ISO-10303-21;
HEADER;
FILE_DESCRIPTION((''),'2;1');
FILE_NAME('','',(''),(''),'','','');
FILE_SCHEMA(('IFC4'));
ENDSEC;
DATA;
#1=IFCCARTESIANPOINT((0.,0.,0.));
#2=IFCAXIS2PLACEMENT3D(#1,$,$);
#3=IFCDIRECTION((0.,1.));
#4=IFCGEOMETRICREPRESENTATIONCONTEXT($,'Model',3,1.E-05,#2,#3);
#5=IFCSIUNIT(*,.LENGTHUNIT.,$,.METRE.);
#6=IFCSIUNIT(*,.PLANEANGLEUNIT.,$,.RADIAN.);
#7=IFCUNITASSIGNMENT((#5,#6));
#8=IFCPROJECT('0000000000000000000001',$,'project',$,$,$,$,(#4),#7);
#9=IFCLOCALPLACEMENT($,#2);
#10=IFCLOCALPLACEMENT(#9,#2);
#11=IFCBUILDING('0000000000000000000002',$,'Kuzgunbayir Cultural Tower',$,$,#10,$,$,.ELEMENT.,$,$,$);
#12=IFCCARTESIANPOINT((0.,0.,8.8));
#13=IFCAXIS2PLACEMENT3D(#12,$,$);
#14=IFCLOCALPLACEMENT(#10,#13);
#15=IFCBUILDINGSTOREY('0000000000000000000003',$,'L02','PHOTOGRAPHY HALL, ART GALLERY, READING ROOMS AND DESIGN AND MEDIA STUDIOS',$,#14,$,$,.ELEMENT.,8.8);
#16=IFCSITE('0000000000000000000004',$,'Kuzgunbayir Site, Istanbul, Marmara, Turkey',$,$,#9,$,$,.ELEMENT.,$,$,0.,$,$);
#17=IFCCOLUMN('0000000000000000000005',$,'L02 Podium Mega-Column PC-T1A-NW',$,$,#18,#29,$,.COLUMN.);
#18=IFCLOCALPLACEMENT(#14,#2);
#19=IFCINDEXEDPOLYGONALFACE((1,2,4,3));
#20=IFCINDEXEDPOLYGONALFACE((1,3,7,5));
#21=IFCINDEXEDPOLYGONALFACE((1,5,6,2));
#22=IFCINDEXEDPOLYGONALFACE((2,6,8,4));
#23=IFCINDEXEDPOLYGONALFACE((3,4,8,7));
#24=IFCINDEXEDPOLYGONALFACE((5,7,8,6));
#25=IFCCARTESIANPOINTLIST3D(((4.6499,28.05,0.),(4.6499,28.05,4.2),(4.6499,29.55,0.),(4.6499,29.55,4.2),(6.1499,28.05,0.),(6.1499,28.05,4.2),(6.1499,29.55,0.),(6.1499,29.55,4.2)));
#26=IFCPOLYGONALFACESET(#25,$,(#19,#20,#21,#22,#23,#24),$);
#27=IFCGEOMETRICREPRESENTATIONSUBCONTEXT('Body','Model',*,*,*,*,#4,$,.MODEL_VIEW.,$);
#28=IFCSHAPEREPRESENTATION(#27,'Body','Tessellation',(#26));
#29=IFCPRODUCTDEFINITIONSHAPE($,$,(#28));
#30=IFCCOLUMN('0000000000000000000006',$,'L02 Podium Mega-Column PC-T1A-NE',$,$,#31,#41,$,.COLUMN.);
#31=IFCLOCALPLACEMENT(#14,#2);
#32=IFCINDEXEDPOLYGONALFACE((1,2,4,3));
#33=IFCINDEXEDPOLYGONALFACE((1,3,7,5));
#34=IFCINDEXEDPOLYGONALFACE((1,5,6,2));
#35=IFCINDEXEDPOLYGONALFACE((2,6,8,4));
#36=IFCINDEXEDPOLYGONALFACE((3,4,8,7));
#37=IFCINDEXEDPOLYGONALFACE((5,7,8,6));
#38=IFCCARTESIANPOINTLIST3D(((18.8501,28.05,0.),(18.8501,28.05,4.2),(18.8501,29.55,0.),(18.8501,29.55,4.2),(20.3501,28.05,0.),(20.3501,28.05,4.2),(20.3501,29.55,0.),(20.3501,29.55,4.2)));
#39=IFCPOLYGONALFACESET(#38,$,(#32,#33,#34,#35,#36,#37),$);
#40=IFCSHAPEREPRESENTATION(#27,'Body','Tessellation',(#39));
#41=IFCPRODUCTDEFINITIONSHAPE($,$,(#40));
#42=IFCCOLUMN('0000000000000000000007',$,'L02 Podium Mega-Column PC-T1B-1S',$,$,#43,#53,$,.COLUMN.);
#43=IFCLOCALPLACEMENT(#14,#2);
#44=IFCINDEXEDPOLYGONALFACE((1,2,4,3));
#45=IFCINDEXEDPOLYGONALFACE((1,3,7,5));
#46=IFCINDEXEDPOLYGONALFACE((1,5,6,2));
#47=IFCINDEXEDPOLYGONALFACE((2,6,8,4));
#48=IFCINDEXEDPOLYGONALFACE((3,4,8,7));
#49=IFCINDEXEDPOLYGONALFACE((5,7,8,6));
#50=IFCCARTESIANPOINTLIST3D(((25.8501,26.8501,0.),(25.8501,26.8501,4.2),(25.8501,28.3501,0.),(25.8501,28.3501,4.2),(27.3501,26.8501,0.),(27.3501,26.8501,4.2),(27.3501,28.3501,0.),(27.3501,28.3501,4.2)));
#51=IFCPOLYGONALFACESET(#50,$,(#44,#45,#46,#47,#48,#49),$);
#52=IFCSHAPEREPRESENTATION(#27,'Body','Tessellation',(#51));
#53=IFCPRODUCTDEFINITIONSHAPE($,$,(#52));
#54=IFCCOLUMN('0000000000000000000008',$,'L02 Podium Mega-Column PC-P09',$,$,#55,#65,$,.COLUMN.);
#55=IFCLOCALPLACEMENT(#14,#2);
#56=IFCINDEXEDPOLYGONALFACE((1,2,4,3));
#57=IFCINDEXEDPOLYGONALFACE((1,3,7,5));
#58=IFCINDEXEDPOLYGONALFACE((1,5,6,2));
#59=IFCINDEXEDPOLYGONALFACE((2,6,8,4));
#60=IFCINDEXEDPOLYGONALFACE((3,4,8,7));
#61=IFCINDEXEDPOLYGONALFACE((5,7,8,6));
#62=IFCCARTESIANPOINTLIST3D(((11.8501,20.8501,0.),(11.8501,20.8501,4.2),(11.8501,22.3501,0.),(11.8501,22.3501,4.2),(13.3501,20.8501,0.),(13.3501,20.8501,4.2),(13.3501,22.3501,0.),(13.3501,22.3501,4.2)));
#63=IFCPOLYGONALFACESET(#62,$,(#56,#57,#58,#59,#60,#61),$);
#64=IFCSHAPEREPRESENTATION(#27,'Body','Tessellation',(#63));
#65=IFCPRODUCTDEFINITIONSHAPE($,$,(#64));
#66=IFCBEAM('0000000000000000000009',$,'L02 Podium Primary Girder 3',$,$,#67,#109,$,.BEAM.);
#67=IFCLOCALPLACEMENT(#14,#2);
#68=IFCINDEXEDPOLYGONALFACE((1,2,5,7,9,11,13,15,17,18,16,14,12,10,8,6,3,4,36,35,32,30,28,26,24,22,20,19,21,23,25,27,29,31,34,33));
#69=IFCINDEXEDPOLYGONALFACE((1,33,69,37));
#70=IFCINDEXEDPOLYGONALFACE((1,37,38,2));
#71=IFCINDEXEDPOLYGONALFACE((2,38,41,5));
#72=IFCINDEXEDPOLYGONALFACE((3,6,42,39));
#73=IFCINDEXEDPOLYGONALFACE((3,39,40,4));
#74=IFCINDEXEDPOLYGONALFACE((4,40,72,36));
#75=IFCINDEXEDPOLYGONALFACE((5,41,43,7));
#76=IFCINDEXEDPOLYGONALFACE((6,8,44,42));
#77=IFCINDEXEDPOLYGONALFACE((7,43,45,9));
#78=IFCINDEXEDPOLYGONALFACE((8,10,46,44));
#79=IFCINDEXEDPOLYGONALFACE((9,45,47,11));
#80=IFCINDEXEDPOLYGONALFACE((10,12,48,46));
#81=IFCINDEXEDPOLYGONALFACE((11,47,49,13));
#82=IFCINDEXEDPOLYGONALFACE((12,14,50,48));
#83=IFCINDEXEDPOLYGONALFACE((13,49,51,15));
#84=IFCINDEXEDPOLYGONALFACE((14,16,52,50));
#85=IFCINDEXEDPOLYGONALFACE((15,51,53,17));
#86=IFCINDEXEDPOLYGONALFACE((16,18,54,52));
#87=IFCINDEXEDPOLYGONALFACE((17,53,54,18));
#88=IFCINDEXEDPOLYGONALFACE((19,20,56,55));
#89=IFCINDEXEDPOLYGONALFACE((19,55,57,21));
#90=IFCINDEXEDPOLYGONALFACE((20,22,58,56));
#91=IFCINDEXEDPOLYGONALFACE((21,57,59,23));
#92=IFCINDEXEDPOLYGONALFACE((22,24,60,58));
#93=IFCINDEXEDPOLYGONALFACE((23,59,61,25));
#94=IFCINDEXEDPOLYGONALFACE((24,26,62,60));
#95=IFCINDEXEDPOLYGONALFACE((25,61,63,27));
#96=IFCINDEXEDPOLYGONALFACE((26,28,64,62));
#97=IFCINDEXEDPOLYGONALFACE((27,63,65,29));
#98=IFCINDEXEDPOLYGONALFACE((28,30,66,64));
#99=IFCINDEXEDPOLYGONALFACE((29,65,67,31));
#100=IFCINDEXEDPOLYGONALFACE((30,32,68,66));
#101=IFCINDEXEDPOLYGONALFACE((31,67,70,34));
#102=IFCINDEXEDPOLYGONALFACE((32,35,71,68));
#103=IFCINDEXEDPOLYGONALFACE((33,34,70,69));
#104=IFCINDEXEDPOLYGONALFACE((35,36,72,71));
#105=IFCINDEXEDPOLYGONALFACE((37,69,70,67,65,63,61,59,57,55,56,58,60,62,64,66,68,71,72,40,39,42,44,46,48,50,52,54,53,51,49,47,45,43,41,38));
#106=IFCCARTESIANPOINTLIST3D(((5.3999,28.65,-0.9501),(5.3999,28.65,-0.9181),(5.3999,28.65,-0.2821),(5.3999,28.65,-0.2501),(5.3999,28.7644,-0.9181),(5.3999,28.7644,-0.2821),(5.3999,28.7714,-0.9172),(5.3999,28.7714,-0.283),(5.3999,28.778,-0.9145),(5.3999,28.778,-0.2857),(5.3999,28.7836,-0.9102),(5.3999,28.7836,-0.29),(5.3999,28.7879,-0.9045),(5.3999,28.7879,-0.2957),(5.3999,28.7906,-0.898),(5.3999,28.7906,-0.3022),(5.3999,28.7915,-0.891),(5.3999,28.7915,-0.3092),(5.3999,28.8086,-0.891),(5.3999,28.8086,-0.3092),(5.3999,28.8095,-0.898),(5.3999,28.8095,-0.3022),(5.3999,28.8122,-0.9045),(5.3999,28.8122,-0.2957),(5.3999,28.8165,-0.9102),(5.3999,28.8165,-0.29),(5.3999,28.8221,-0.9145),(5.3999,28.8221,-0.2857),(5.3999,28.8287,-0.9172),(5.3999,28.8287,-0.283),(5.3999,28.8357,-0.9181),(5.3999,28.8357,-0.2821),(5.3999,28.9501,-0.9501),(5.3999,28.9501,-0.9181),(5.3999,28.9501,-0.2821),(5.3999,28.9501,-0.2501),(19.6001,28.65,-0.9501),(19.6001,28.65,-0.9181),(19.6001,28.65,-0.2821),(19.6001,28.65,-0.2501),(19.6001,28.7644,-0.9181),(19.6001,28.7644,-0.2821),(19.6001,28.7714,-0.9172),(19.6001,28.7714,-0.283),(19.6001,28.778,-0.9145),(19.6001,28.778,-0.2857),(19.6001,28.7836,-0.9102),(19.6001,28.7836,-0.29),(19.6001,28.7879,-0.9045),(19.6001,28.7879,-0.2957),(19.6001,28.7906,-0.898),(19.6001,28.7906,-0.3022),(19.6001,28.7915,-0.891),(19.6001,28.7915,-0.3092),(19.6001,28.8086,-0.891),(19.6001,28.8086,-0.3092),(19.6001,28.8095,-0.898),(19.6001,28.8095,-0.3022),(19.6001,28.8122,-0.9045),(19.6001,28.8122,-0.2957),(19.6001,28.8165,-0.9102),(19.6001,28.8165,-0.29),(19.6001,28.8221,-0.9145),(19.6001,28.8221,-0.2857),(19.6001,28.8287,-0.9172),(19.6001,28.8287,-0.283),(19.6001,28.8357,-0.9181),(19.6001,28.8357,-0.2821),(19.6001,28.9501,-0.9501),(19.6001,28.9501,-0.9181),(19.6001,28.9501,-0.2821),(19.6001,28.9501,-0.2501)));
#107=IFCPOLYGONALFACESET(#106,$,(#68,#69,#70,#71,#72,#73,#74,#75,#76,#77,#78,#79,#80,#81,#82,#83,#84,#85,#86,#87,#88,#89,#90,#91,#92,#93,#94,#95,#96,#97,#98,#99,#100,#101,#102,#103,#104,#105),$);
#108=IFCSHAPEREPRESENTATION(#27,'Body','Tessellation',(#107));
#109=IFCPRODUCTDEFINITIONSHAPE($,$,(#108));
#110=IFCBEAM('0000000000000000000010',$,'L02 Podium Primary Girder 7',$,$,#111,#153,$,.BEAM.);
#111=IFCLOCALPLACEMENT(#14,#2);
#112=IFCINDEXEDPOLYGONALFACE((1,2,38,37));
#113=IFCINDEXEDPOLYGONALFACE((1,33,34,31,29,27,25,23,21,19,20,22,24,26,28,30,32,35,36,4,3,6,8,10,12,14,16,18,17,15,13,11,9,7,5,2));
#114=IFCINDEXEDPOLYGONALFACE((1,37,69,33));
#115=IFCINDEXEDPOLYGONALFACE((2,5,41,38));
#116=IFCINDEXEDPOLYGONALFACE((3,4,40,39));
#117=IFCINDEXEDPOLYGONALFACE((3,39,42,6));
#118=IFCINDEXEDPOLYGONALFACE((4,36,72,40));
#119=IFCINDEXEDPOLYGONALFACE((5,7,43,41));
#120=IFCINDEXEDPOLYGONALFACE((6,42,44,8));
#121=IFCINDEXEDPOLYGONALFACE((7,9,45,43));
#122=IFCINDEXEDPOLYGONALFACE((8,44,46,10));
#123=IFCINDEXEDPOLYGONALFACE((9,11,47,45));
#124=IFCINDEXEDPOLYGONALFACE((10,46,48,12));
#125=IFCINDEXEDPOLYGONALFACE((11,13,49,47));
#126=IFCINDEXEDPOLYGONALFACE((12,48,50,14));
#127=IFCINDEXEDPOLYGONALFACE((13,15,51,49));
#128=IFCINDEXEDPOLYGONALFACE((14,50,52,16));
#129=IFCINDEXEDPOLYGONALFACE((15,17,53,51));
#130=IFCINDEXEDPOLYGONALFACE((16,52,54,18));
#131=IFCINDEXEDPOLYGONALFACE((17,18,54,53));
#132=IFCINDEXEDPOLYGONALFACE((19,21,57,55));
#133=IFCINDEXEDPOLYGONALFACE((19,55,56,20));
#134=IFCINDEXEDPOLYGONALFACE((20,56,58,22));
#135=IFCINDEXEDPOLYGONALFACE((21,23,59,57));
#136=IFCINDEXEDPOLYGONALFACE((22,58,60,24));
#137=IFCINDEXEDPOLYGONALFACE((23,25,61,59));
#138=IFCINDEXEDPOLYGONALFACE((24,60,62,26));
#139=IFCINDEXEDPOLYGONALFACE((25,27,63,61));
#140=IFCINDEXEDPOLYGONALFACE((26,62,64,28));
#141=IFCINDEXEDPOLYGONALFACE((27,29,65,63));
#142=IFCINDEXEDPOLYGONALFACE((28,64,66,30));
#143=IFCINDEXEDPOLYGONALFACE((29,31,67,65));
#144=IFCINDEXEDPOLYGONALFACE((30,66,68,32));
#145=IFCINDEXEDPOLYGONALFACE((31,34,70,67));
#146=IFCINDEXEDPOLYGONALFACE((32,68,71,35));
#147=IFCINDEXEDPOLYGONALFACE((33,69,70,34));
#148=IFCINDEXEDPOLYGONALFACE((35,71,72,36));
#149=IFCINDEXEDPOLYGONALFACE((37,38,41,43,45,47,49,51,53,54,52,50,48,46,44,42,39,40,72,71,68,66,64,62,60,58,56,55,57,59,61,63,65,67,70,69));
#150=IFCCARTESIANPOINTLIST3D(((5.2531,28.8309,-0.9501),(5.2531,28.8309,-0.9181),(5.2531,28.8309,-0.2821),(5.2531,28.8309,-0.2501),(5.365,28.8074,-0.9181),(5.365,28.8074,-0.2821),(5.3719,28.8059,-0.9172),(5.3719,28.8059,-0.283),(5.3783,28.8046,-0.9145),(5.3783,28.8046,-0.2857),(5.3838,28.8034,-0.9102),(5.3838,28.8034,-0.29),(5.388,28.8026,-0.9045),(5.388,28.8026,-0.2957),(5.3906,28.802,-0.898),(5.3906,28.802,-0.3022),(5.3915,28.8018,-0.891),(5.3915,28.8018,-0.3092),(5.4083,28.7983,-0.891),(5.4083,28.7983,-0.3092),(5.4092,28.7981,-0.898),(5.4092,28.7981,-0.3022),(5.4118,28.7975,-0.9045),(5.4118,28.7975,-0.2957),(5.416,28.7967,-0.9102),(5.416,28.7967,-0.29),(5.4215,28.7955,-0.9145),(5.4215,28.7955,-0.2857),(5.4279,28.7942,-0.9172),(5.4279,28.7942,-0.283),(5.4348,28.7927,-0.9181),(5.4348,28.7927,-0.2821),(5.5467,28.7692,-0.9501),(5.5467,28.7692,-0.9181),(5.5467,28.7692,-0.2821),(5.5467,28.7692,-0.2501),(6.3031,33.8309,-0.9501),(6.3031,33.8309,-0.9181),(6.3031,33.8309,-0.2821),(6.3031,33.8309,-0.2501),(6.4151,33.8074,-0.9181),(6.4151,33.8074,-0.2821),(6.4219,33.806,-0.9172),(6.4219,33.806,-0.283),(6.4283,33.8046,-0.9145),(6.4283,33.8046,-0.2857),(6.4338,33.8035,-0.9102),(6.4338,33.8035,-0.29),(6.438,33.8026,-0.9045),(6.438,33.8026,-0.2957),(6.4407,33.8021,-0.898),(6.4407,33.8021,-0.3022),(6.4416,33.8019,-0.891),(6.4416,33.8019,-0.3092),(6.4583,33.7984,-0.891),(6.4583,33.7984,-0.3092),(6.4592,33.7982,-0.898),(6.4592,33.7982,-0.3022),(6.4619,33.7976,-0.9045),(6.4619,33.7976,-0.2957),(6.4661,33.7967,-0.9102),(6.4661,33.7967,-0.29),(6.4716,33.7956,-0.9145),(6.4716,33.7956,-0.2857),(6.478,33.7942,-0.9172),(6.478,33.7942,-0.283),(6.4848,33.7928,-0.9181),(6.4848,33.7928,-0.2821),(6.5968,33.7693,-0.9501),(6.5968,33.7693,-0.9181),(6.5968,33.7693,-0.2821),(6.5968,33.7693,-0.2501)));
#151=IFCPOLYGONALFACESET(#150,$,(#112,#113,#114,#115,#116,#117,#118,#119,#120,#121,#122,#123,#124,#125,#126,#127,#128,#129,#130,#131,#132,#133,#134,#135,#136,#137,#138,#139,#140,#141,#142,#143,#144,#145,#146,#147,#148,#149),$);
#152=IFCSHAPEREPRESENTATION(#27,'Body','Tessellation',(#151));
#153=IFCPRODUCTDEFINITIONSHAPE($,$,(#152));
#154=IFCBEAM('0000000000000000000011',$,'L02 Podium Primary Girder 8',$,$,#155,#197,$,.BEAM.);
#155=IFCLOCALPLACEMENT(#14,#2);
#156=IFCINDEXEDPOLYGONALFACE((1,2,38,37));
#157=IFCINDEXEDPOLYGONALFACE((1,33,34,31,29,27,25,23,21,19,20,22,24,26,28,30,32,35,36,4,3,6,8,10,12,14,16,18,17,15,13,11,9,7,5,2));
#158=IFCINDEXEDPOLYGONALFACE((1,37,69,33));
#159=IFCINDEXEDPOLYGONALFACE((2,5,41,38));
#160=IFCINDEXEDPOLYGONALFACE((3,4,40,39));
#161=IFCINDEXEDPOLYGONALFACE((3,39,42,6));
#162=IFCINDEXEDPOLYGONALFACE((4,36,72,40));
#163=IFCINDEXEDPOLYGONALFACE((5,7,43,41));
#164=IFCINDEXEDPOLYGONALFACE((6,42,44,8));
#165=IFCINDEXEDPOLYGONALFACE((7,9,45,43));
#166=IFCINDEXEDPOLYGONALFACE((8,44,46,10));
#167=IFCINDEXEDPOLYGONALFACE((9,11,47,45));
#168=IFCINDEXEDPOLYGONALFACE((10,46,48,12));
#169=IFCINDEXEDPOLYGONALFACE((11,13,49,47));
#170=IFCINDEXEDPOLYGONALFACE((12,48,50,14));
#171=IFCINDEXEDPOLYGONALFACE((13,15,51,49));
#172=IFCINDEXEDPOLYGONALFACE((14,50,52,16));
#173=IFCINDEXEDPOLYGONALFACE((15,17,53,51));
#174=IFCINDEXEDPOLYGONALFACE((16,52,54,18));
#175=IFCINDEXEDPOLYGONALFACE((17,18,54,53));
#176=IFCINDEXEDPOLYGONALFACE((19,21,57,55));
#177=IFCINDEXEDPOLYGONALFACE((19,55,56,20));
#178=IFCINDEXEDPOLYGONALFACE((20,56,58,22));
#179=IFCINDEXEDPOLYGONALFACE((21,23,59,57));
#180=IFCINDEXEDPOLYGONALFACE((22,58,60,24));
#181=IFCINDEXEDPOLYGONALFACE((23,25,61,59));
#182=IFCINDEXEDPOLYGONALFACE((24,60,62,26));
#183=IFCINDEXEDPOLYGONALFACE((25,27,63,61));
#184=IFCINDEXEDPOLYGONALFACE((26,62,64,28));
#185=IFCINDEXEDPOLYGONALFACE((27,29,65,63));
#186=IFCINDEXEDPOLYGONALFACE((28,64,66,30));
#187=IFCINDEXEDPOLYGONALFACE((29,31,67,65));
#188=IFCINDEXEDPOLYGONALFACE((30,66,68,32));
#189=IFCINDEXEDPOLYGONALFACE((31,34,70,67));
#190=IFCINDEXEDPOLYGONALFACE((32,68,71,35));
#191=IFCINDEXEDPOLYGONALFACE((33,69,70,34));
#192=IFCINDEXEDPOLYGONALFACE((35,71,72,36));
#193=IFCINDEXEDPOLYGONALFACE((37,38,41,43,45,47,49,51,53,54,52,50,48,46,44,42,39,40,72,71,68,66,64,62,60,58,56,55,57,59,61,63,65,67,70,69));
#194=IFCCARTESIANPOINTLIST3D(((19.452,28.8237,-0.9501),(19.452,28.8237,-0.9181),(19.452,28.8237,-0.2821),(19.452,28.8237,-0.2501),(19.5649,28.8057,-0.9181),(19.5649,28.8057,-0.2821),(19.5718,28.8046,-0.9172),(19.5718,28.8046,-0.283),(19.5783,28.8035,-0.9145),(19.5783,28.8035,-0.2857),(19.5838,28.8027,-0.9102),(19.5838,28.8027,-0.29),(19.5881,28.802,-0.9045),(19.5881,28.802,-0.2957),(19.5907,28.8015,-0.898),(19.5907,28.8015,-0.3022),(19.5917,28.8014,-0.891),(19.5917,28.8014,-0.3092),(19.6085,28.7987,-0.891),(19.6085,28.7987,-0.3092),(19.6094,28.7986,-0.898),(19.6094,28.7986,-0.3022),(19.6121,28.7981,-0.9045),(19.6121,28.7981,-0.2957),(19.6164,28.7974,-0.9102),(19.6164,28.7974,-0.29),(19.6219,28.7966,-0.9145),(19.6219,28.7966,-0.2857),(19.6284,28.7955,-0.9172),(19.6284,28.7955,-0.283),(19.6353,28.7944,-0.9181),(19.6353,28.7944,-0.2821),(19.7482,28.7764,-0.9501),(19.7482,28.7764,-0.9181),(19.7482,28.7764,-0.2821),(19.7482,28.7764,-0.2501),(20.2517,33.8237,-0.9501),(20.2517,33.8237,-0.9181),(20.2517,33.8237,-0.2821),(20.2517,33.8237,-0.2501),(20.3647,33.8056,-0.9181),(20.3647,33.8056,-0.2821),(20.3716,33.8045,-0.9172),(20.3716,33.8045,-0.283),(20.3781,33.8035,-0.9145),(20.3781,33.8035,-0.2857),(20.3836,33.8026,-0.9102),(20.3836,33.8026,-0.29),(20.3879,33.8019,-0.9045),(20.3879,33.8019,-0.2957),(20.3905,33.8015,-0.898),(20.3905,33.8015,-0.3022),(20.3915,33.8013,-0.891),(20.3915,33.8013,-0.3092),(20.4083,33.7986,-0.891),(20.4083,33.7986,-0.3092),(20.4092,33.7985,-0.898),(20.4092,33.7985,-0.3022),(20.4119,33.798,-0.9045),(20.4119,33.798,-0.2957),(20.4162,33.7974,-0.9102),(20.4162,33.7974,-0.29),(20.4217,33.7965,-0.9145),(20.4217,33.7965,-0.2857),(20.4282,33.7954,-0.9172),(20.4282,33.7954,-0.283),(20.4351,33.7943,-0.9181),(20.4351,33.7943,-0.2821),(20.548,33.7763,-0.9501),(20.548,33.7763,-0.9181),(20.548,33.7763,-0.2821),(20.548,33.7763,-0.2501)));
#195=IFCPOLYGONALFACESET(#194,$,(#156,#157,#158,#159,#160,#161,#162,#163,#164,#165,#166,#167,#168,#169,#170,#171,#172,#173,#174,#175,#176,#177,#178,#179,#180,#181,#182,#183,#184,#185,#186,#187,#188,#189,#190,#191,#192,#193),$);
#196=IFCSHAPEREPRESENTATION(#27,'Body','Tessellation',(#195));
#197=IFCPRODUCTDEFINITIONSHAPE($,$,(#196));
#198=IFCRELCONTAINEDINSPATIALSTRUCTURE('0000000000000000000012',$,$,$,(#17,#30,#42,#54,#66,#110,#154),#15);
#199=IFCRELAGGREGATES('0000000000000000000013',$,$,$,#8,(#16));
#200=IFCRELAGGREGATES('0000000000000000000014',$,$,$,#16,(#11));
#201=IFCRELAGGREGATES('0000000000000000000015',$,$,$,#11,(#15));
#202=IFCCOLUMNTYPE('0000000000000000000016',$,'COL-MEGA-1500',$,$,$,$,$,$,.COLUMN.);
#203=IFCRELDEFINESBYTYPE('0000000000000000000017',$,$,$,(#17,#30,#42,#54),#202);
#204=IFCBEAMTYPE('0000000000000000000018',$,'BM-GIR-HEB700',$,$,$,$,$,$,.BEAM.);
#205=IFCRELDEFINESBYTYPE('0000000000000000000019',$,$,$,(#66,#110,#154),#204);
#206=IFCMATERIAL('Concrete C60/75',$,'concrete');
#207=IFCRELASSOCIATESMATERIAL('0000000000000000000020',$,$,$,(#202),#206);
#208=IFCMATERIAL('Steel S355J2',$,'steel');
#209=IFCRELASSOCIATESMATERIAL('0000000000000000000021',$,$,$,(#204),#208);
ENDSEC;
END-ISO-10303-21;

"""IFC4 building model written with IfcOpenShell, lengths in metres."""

from ifc_helpers import new_model, si_unit, direction, frame, origin, origin_2d, place, context, subcontext, project, spatial, rectangle, i_section, extrude, material, material_profile, profile_set, type_object, element, save


model = new_model("IFC4")

# Units and contexts
model_context = context("Model", 3, precision=1e-05, world=origin(), true_north=direction((0.0, 1.0)))
body_context = subcontext(model_context, "Body", "Model", "MODEL_VIEW")
ifc_project = project(units=[si_unit("LENGTHUNIT", "METRE"), si_unit("PLANEANGLEUNIT", "RADIAN")], contexts=[model_context])

# Site, building, storey
site_placement = place(None, origin())
site = spatial("IfcSite", under=ifc_project, at=site_placement, Name="Kuzgunbayir Site, Istanbul, Marmara, Turkey", CompositionType="ELEMENT", RefElevation=0.0)
building_placement = place(site_placement, origin())
building = spatial("IfcBuilding", under=site, at=building_placement, Name="Kuzgunbayir Cultural Tower", CompositionType="ELEMENT")
storey_placement = place(building_placement, frame((0.0, 0.0, 8.8)))
storey = spatial("IfcBuildingStorey", under=building, at=storey_placement, Name="L02", Description="PHOTOGRAPHY HALL, ART GALLERY, READING ROOMS AND DESIGN AND MEDIA STUDIOS", CompositionType="ELEMENT", Elevation=8.8)

# Columns
ifc_material_1 = material(Name="Concrete C60/75", Category="concrete")
ifc_material_profile_1 = material_profile(ifc_material_1, rectangle(XDim=1.5, YDim=1.5, at=origin_2d()), Name="RC 1500x1500")
ifc_profile_set_1 = profile_set([ifc_material_profile_1], Name="Concrete C60/75")
column_type = type_object("IfcColumnType", Name="COL-MEGA-1500", PredefinedType="COLUMN", material=ifc_profile_set_1)
for number, where, z_axis, x_axis, name in (
    (1, (5.3999, 28.8, 0.0), (0.0, 0.0, 1.0), (1.0, 0.0, 0.0), "L02 Podium Mega-Column PC-T1A-NW"),
    (2, (19.6001, 28.8, 0.0), (0.0, 0.0, 1.0), (1.0, 0.0, 0.0), "L02 Podium Mega-Column PC-T1A-NE"),
    (3, (26.6001, 27.6001, 0.0), (0.0, 0.0, 1.0), (1.0, 0.0, 0.0), "L02 Podium Mega-Column PC-T1B-1S"),
    (4, (12.6001, 21.6001, 0.0), (0.0, 0.0, 1.0), (1.0, 0.0, 0.0), "L02 Podium Mega-Column PC-P09"),
):
    element("IfcColumn", number, at=place(storey_placement, frame(where, z_axis=z_axis, x_axis=x_axis)), inside=storey, type_object=column_type, Name=name, PredefinedType="COLUMN", context=body_context, shape_type="SweptSolid", body=[
        extrude(rectangle(XDim=1.5, YDim=1.5, at=origin_2d()), origin(), (0.0, 0.0, 1.0), 4.2),
    ])

# Beams
ifc_material_2 = material(Name="Steel S355J2", Category="steel")
ifc_material_profile_2 = material_profile(ifc_material_2, i_section(OverallWidth=0.3, OverallDepth=0.7, WebThickness=0.0171, FlangeThickness=0.032, FilletRadius=0.0271, at=origin_2d()), Name="HEB 700")
ifc_profile_set_2 = profile_set([ifc_material_profile_2], Name="Steel S355J2")
beam_type_1 = type_object("IfcBeamType", Name="BM-GIR-HEB700", PredefinedType="BEAM", material=ifc_profile_set_2)
beam_1_placement = place(storey_placement, frame((5.3999, 28.8, -0.6001), z_axis=(1.0, 0.0, 0.0), x_axis=(0.0, 1.0, 0.0)))
element("IfcBeam", 5, at=beam_1_placement, inside=storey, type_object=beam_type_1, Name="L02 Podium Primary Girder 3", PredefinedType="BEAM", context=body_context, shape_type="SweptSolid", body=[
    extrude(i_section(OverallWidth=0.3, OverallDepth=0.7, WebThickness=0.0171, FlangeThickness=0.032, FilletRadius=0.0271, at=origin_2d()), origin(), (0.0, 0.0, 1.0), 14.2002),
])
beam_2_placement = place(storey_placement, frame((5.3999, 28.8, -0.6001), z_axis=(0.205526, 0.978652, 0.0), x_axis=(-0.978652, 0.205526, 0.0)))
element("IfcBeam", 6, at=beam_2_placement, inside=storey, type_object=beam_type_1, Name="L02 Podium Primary Girder 7", PredefinedType="BEAM", context=body_context, shape_type="SweptSolid", body=[
    extrude(i_section(OverallWidth=0.3, OverallDepth=0.7, WebThickness=0.0171, FlangeThickness=0.032, FilletRadius=0.0271, at=origin_2d()), origin(), (0.0, 0.0, 1.0), 5.1091),
])
beam_3_placement = place(storey_placement, frame((19.6001, 28.8, -0.6001), z_axis=(0.157953, 0.987447, 0.0), x_axis=(-0.987447, 0.157953, 0.0)))
element("IfcBeam", 7, at=beam_3_placement, inside=storey, type_object=beam_type_1, Name="L02 Podium Primary Girder 8", PredefinedType="BEAM", context=body_context, shape_type="SweptSolid", body=[
    extrude(i_section(OverallWidth=0.3, OverallDepth=0.7, WebThickness=0.0171, FlangeThickness=0.032, FilletRadius=0.0271, at=origin_2d()), origin(), (0.0, 0.0, 1.0), 5.0635),
])

save(model, "model.ifc")
